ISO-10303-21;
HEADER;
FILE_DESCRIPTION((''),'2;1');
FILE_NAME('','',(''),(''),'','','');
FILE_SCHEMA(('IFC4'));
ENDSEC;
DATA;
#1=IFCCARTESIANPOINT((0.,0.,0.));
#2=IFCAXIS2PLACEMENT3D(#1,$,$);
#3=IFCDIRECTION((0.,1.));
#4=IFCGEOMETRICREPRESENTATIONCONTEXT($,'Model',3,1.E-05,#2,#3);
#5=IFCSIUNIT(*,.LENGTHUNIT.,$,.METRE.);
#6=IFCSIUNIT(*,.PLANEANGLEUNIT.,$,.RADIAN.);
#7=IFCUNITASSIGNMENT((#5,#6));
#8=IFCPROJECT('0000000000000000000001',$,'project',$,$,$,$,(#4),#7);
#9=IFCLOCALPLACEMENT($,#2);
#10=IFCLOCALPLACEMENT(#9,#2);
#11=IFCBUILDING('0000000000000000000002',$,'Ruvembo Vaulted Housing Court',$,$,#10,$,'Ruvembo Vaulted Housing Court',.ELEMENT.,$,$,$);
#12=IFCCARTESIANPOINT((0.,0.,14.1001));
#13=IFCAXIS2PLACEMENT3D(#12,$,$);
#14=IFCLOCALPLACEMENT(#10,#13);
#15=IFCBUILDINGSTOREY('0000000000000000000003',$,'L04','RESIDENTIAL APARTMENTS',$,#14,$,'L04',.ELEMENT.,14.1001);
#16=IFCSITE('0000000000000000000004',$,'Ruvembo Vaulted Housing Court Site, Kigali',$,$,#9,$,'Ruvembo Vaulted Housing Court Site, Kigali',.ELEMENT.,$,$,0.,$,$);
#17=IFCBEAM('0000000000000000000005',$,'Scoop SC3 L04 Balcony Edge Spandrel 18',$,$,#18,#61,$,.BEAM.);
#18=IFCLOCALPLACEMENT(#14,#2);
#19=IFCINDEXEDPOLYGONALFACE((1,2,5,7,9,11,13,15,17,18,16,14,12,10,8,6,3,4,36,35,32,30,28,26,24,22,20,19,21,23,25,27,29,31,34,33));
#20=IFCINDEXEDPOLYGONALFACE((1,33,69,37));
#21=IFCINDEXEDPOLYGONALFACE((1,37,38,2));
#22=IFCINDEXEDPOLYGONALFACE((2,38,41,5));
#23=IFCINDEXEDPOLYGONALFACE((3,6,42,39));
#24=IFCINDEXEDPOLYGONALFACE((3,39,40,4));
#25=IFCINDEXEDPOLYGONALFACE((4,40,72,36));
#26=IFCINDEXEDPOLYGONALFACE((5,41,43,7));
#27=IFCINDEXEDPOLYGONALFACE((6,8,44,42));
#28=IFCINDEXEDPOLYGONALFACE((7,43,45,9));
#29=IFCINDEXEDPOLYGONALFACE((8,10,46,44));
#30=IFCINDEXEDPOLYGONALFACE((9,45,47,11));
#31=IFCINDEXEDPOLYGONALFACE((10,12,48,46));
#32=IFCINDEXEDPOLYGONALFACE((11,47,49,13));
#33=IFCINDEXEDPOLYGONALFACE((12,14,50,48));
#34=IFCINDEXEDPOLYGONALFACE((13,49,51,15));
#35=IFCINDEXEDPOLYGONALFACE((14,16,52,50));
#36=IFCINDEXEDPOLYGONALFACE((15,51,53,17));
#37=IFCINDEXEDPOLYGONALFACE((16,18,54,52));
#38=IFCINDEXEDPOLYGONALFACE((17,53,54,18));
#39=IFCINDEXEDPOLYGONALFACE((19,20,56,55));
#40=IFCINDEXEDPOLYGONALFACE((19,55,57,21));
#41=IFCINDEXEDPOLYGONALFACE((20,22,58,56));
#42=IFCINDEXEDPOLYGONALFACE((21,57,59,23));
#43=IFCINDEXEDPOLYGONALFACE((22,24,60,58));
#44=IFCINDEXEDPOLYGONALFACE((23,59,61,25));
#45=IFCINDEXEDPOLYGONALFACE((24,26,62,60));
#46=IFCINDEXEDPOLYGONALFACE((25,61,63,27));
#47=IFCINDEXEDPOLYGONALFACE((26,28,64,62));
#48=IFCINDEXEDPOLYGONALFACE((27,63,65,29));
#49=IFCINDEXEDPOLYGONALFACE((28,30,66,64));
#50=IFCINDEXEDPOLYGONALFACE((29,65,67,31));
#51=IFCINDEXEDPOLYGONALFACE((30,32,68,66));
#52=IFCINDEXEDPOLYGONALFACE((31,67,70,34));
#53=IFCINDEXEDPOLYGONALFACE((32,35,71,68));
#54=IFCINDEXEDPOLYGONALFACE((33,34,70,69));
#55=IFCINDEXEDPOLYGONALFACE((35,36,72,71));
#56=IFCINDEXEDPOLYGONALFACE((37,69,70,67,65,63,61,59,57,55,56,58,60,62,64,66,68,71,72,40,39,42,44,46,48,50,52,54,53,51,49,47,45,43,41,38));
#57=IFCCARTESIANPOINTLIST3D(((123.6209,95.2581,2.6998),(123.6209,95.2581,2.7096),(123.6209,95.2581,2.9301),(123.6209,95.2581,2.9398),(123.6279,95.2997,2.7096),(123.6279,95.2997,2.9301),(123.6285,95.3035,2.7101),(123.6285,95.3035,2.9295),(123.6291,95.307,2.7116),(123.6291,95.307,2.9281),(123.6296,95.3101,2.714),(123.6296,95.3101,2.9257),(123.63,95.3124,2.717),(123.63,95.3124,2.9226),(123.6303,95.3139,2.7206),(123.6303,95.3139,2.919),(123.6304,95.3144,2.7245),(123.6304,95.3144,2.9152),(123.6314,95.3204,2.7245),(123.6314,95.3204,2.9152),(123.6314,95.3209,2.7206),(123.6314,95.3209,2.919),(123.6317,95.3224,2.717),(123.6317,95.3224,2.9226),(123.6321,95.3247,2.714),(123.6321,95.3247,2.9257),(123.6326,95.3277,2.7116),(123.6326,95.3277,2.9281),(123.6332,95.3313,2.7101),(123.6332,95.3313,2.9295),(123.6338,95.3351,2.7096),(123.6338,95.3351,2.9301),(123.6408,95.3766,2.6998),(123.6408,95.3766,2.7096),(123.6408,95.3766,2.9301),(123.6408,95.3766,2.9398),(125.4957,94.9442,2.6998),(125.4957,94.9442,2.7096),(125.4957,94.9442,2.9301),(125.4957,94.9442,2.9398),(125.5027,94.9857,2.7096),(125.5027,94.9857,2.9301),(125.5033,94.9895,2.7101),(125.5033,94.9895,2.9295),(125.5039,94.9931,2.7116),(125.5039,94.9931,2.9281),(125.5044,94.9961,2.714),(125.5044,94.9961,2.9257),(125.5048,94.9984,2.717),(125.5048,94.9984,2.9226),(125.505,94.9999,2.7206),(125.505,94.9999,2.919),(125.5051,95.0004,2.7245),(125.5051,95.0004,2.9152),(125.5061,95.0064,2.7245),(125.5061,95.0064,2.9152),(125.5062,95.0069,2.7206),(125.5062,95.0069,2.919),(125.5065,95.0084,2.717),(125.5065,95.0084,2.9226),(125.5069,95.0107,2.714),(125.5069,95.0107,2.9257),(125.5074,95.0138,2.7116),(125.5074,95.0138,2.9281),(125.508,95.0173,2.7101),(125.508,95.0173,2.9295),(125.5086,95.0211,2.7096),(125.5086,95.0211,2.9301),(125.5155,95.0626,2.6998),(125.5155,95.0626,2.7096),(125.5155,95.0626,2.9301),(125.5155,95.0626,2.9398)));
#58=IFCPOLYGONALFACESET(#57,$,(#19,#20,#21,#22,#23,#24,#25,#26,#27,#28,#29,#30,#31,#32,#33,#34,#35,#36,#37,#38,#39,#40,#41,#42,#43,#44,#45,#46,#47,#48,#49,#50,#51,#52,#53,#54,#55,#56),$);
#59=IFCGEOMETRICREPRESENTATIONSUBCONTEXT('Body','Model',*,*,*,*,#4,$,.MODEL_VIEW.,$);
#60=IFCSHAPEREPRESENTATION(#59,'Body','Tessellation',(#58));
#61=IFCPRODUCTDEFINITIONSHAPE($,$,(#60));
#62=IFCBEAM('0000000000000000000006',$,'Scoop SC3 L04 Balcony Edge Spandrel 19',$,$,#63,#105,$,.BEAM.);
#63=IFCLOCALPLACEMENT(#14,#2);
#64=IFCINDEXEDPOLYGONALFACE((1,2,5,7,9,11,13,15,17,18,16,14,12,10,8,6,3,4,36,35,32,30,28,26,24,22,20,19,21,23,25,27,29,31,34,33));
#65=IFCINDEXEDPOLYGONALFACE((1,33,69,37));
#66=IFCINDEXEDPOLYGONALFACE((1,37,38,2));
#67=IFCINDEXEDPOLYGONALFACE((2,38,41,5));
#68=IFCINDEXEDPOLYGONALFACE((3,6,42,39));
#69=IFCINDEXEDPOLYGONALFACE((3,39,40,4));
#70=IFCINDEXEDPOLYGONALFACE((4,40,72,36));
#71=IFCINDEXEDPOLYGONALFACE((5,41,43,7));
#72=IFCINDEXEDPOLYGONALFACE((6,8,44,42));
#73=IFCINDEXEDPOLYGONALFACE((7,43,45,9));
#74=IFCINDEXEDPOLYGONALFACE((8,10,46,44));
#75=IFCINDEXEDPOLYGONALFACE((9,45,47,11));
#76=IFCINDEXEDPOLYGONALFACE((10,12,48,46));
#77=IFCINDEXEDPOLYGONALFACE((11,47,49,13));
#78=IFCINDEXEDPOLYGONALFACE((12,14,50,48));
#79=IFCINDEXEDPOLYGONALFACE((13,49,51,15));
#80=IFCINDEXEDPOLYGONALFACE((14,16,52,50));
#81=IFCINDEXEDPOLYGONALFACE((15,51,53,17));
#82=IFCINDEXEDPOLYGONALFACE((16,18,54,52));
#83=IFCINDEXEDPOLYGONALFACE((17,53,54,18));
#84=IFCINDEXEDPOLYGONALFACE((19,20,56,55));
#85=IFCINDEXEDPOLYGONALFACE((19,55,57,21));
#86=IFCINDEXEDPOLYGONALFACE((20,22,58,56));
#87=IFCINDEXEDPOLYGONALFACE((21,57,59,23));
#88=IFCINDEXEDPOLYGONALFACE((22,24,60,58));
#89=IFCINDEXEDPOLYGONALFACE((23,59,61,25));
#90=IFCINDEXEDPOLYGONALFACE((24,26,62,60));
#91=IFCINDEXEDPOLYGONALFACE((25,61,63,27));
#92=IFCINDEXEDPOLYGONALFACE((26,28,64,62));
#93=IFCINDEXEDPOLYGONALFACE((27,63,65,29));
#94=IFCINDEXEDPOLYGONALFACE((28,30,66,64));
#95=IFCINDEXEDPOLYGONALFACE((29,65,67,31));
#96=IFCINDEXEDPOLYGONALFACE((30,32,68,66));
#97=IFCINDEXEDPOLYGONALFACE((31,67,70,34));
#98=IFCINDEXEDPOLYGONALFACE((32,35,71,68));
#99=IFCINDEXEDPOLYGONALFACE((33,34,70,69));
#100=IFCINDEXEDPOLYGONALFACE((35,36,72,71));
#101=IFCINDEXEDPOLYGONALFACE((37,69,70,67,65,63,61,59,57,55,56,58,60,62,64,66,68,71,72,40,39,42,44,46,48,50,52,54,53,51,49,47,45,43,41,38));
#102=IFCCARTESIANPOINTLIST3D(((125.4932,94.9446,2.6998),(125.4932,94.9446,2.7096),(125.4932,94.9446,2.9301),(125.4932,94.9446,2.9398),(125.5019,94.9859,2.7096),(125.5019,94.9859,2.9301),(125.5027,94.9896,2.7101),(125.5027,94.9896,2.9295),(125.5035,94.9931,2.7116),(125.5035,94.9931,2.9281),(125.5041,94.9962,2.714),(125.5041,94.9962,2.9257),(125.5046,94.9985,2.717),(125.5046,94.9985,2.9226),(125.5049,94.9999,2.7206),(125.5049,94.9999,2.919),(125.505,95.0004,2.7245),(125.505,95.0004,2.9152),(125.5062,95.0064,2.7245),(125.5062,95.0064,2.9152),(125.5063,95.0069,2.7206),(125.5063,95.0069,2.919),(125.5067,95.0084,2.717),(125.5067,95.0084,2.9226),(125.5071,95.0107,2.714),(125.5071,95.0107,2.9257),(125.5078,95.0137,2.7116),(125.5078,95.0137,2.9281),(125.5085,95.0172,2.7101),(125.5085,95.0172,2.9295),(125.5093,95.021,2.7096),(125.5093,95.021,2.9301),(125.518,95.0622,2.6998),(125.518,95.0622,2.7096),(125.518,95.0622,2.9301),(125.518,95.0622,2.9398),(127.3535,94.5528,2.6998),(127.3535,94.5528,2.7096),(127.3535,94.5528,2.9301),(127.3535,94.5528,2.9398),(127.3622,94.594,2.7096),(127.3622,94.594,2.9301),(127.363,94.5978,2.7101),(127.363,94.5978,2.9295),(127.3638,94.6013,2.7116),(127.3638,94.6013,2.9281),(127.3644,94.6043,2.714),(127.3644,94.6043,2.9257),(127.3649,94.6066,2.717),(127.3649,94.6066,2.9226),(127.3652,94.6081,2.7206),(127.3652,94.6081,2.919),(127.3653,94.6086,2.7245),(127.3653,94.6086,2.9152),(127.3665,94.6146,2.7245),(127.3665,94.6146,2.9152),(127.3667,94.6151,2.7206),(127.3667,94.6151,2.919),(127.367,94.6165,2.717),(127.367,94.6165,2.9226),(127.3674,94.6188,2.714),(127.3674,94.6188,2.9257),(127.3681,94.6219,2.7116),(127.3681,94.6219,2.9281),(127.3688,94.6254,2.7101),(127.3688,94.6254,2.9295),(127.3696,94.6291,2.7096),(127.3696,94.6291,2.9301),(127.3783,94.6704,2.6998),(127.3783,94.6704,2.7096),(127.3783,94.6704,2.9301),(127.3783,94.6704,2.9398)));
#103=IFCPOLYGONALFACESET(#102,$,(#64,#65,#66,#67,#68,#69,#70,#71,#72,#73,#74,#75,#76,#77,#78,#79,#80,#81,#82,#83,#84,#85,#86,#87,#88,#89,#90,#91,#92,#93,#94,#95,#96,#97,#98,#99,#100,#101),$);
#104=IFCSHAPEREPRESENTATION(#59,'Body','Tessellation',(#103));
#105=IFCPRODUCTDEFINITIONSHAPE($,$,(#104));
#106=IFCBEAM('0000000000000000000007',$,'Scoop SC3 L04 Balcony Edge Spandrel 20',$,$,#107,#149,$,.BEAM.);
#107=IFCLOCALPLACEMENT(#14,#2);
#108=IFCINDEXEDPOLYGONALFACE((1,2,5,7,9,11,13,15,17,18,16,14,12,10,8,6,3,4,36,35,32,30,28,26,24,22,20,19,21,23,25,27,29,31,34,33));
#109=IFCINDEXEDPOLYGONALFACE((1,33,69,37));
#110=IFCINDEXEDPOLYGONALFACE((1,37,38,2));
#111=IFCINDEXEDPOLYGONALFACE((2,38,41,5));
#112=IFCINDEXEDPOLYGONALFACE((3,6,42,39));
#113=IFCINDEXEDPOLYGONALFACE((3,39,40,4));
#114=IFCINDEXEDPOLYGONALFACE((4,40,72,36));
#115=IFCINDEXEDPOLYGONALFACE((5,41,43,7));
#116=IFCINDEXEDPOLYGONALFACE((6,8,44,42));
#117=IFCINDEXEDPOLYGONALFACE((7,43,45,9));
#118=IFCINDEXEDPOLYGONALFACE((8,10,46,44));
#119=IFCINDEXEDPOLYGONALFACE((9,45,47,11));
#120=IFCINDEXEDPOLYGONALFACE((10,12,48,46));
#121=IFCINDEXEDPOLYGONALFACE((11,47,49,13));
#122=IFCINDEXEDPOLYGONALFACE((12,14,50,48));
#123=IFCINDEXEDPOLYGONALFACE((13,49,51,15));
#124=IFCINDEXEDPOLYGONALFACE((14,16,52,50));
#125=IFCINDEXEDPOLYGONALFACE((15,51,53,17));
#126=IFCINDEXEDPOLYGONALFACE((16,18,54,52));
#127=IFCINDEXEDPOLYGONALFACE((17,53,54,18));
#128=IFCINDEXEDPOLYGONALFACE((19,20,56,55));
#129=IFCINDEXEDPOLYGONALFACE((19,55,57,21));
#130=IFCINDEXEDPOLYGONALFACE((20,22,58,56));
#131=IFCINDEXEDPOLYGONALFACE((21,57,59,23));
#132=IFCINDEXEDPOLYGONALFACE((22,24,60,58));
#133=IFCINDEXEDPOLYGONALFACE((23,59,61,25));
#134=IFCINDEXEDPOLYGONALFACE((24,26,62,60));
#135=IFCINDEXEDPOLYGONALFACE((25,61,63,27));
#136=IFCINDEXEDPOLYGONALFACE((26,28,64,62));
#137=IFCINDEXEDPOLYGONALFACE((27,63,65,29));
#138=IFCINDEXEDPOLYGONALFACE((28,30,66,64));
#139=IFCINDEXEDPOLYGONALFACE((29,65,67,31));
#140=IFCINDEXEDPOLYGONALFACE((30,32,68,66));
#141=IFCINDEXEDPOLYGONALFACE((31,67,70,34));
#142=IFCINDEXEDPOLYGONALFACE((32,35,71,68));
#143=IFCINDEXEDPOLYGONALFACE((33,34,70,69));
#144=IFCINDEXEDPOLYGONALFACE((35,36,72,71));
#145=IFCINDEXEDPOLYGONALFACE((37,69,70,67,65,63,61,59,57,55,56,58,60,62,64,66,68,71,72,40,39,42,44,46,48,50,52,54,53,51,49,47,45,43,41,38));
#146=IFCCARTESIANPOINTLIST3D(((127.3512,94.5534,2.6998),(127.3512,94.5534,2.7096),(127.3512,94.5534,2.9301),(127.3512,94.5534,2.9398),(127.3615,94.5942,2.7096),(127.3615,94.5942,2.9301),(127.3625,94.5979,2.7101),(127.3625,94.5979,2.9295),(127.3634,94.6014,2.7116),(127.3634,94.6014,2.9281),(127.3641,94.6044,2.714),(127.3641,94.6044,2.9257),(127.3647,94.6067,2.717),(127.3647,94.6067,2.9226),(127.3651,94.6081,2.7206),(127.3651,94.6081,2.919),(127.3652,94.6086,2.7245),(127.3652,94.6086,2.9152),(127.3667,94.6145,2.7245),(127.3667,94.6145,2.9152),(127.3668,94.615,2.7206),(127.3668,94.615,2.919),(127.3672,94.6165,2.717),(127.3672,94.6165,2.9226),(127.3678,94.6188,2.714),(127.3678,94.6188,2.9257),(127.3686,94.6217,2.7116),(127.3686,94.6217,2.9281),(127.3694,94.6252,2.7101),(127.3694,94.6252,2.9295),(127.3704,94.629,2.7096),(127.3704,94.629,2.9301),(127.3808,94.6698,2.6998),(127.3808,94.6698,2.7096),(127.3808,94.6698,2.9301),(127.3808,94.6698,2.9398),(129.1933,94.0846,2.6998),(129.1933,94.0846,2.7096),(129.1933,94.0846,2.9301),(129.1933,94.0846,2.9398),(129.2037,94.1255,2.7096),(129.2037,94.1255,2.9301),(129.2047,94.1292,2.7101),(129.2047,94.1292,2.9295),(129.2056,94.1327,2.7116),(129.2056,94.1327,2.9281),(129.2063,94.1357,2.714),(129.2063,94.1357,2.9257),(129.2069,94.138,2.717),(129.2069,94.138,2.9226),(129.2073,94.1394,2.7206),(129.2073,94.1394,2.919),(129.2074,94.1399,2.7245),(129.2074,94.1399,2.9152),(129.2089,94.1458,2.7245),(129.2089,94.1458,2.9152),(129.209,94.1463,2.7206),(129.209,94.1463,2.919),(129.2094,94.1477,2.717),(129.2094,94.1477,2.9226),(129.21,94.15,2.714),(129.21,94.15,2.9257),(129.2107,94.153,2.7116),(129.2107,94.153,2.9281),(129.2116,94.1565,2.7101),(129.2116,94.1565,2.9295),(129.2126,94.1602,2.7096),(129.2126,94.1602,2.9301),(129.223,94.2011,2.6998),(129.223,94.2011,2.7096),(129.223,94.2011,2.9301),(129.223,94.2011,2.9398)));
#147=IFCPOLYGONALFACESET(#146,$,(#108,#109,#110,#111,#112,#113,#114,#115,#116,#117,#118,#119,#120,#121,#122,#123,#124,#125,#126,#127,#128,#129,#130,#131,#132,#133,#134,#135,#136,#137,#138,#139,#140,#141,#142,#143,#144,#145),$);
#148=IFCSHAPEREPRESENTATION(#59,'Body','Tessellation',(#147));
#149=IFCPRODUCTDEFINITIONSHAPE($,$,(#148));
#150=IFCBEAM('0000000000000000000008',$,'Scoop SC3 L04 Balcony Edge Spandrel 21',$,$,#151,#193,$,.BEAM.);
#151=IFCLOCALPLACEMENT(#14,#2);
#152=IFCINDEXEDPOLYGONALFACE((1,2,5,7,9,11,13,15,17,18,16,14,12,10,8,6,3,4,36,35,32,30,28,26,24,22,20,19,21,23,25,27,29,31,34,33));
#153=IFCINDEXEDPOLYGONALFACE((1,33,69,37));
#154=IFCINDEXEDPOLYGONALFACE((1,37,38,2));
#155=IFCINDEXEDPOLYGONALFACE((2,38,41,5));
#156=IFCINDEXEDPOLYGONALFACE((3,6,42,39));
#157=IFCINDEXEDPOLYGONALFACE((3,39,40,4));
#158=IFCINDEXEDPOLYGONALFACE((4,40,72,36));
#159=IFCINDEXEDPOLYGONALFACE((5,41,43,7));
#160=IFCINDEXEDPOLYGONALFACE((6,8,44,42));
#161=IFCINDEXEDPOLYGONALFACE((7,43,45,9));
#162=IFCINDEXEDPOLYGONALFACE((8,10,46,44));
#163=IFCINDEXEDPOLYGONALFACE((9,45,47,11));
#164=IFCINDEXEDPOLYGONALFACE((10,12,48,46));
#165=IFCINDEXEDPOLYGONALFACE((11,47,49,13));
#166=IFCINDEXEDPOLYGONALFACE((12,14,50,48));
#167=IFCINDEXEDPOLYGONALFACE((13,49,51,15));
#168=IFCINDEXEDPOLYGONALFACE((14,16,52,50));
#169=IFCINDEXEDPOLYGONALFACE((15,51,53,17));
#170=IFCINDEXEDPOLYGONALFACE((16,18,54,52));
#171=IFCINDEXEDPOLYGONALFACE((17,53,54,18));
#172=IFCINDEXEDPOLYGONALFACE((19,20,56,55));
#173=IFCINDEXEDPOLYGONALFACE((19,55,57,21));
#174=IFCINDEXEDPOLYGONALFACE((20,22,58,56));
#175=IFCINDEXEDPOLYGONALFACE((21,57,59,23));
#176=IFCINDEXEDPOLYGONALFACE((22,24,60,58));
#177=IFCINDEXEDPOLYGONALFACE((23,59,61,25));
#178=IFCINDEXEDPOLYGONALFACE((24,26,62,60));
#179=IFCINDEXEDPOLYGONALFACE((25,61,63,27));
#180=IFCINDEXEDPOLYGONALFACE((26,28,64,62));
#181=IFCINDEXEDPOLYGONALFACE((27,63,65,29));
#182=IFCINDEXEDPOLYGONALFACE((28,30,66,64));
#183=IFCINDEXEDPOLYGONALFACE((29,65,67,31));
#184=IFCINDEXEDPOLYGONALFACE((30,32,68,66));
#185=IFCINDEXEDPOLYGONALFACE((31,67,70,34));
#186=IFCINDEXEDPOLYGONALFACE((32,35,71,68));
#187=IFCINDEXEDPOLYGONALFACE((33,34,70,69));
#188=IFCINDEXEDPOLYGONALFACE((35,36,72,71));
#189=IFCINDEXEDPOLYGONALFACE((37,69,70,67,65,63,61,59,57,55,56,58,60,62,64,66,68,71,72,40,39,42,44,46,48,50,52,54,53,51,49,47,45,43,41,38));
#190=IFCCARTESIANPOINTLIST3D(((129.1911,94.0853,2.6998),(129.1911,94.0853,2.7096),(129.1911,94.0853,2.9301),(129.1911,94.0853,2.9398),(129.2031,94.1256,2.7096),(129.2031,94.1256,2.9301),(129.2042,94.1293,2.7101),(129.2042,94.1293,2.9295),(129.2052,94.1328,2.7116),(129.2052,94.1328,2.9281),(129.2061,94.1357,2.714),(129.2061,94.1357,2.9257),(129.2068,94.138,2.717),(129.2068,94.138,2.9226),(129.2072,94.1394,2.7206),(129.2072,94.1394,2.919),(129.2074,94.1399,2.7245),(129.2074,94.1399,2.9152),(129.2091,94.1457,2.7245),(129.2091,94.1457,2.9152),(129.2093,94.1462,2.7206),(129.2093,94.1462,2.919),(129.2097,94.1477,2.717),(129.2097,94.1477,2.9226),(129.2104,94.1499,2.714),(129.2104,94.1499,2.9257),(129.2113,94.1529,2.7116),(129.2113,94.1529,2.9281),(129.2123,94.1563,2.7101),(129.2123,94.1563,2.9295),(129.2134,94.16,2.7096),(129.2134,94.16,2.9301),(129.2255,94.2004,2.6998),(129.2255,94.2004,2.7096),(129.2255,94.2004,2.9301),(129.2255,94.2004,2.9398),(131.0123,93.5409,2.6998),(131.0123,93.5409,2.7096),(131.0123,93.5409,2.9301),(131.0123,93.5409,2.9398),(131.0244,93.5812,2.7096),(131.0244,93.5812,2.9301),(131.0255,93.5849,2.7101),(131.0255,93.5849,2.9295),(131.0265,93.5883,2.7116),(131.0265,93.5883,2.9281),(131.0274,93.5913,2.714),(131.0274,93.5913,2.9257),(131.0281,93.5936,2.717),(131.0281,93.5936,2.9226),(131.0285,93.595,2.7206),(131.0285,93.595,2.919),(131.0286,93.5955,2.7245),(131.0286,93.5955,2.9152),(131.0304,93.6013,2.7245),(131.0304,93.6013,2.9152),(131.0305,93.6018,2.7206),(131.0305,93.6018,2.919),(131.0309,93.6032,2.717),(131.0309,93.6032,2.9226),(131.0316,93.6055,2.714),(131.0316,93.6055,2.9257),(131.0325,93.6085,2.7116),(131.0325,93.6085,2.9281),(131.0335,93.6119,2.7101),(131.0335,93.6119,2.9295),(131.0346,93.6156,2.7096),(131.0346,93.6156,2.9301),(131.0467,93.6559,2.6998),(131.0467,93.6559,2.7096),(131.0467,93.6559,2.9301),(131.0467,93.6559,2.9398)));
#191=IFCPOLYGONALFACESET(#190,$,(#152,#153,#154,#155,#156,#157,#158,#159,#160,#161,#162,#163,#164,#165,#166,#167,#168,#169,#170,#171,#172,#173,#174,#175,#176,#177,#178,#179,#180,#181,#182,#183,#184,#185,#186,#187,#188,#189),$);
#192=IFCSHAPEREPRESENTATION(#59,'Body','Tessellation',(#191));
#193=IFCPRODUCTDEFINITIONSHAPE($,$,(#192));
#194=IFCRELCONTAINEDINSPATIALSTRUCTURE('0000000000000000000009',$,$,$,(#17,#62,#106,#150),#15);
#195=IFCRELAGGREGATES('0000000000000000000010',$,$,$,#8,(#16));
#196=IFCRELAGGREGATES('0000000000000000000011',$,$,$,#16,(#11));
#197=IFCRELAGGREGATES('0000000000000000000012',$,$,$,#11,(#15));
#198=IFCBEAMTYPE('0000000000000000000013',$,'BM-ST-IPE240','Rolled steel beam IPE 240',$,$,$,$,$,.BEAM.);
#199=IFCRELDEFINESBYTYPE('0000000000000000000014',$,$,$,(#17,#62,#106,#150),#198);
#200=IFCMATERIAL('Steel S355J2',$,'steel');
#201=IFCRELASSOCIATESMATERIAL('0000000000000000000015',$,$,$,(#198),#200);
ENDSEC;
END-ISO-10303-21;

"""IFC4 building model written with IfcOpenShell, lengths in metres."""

from ifc_helpers import new_model, si_unit, direction, frame, origin, origin_2d, place, context, subcontext, project, spatial, i_section, extrude, material, material_profile, profile_set, type_object, element, save


model = new_model("IFC4")

# Units and contexts
model_context = context("Model", 3, precision=1e-05, world=origin(), true_north=direction((0.0, 1.0)))
body_context = subcontext(model_context, "Body", "Model", "MODEL_VIEW")
ifc_project = project(units=[si_unit("LENGTHUNIT", "METRE"), si_unit("PLANEANGLEUNIT", "RADIAN")], contexts=[model_context])

# Site, building, storey
site_placement = place(None, origin())
site = spatial("IfcSite", under=ifc_project, at=site_placement, Name="Ruvembo Vaulted Housing Court Site, Kigali", LongName="Ruvembo Vaulted Housing Court Site, Kigali", CompositionType="ELEMENT", RefElevation=0.0)
building_placement = place(site_placement, origin())
building = spatial("IfcBuilding", under=site, at=building_placement, Name="Ruvembo Vaulted Housing Court", LongName="Ruvembo Vaulted Housing Court", CompositionType="ELEMENT")
storey_placement = place(building_placement, frame((0.0, 0.0, 14.1001)))
storey = spatial("IfcBuildingStorey", under=building, at=storey_placement, Name="L04", Description="RESIDENTIAL APARTMENTS", LongName="L04", CompositionType="ELEMENT", Elevation=14.1001)

# Beams
ifc_material_1 = material(Name="Steel S355J2", Category="steel")
ifc_material_profile_1 = material_profile(ifc_material_1, i_section(OverallWidth=0.1201, OverallDepth=0.24, WebThickness=0.0061, FlangeThickness=0.0098, FilletRadius=0.0149, at=origin_2d()), Name="IPE 240")
ifc_profile_set_1 = profile_set([ifc_material_profile_1], Name="Steel S355J2")
beam_type = type_object("IfcBeamType", Name="BM-ST-IPE240", Description="Rolled steel beam IPE 240", PredefinedType="BEAM", material=ifc_profile_set_1)
beam_1_placement = place(storey_placement, frame((123.6309, 95.3174, 2.8198), z_axis=(0.986265, -0.16517, 0.0), x_axis=(0.16517, 0.986265, 0.0)))
element("IfcBeam", 1, at=beam_1_placement, inside=storey, type_object=beam_type, Name="Scoop SC3 L04 Balcony Edge Spandrel 18", PredefinedType="BEAM", context=body_context, shape_type="SweptSolid", body=[
    extrude(i_section(OverallWidth=0.1201, OverallDepth=0.24, WebThickness=0.0061, FlangeThickness=0.0098, FilletRadius=0.0149, at=origin_2d()), origin(), (0.0, 0.0, 1.0), 1.9009),
])
beam_2_placement = place(storey_placement, frame((125.5056, 95.0034, 2.8198), z_axis=(0.978529, -0.206108, 0.0), x_axis=(0.206108, 0.978529, 0.0)))
element("IfcBeam", 2, at=beam_2_placement, inside=storey, type_object=beam_type, Name="Scoop SC3 L04 Balcony Edge Spandrel 19", PredefinedType="BEAM", context=body_context, shape_type="SweptSolid", body=[
    extrude(i_section(OverallWidth=0.1201, OverallDepth=0.24, WebThickness=0.0061, FlangeThickness=0.0098, FilletRadius=0.0149, at=origin_2d()), origin(), (0.0, 0.0, 1.0), 1.9011),
])
for number, where, z_axis, x_axis, name in (
    (3, (127.366, 94.6116, 2.8198), (0.969122, -0.246583, 0.0), (0.246583, 0.969122, 0.0), "Scoop SC3 L04 Balcony Edge Spandrel 20"),
    (4, (129.2083, 94.1428, 2.8198), (0.958109, -0.286405, 0.0), (0.286405, 0.958109, 0.0), "Scoop SC3 L04 Balcony Edge Spandrel 21"),
):
    element("IfcBeam", number, at=place(storey_placement, frame(where, z_axis=z_axis, x_axis=x_axis)), inside=storey, type_object=beam_type, Name=name, PredefinedType="BEAM", context=body_context, shape_type="SweptSolid", body=[
        extrude(i_section(OverallWidth=0.1201, OverallDepth=0.24, WebThickness=0.0061, FlangeThickness=0.0098, FilletRadius=0.0149, at=origin_2d()), origin(), (0.0, 0.0, 1.0), 1.9009),
    ])

save(model, "model.ifc")
